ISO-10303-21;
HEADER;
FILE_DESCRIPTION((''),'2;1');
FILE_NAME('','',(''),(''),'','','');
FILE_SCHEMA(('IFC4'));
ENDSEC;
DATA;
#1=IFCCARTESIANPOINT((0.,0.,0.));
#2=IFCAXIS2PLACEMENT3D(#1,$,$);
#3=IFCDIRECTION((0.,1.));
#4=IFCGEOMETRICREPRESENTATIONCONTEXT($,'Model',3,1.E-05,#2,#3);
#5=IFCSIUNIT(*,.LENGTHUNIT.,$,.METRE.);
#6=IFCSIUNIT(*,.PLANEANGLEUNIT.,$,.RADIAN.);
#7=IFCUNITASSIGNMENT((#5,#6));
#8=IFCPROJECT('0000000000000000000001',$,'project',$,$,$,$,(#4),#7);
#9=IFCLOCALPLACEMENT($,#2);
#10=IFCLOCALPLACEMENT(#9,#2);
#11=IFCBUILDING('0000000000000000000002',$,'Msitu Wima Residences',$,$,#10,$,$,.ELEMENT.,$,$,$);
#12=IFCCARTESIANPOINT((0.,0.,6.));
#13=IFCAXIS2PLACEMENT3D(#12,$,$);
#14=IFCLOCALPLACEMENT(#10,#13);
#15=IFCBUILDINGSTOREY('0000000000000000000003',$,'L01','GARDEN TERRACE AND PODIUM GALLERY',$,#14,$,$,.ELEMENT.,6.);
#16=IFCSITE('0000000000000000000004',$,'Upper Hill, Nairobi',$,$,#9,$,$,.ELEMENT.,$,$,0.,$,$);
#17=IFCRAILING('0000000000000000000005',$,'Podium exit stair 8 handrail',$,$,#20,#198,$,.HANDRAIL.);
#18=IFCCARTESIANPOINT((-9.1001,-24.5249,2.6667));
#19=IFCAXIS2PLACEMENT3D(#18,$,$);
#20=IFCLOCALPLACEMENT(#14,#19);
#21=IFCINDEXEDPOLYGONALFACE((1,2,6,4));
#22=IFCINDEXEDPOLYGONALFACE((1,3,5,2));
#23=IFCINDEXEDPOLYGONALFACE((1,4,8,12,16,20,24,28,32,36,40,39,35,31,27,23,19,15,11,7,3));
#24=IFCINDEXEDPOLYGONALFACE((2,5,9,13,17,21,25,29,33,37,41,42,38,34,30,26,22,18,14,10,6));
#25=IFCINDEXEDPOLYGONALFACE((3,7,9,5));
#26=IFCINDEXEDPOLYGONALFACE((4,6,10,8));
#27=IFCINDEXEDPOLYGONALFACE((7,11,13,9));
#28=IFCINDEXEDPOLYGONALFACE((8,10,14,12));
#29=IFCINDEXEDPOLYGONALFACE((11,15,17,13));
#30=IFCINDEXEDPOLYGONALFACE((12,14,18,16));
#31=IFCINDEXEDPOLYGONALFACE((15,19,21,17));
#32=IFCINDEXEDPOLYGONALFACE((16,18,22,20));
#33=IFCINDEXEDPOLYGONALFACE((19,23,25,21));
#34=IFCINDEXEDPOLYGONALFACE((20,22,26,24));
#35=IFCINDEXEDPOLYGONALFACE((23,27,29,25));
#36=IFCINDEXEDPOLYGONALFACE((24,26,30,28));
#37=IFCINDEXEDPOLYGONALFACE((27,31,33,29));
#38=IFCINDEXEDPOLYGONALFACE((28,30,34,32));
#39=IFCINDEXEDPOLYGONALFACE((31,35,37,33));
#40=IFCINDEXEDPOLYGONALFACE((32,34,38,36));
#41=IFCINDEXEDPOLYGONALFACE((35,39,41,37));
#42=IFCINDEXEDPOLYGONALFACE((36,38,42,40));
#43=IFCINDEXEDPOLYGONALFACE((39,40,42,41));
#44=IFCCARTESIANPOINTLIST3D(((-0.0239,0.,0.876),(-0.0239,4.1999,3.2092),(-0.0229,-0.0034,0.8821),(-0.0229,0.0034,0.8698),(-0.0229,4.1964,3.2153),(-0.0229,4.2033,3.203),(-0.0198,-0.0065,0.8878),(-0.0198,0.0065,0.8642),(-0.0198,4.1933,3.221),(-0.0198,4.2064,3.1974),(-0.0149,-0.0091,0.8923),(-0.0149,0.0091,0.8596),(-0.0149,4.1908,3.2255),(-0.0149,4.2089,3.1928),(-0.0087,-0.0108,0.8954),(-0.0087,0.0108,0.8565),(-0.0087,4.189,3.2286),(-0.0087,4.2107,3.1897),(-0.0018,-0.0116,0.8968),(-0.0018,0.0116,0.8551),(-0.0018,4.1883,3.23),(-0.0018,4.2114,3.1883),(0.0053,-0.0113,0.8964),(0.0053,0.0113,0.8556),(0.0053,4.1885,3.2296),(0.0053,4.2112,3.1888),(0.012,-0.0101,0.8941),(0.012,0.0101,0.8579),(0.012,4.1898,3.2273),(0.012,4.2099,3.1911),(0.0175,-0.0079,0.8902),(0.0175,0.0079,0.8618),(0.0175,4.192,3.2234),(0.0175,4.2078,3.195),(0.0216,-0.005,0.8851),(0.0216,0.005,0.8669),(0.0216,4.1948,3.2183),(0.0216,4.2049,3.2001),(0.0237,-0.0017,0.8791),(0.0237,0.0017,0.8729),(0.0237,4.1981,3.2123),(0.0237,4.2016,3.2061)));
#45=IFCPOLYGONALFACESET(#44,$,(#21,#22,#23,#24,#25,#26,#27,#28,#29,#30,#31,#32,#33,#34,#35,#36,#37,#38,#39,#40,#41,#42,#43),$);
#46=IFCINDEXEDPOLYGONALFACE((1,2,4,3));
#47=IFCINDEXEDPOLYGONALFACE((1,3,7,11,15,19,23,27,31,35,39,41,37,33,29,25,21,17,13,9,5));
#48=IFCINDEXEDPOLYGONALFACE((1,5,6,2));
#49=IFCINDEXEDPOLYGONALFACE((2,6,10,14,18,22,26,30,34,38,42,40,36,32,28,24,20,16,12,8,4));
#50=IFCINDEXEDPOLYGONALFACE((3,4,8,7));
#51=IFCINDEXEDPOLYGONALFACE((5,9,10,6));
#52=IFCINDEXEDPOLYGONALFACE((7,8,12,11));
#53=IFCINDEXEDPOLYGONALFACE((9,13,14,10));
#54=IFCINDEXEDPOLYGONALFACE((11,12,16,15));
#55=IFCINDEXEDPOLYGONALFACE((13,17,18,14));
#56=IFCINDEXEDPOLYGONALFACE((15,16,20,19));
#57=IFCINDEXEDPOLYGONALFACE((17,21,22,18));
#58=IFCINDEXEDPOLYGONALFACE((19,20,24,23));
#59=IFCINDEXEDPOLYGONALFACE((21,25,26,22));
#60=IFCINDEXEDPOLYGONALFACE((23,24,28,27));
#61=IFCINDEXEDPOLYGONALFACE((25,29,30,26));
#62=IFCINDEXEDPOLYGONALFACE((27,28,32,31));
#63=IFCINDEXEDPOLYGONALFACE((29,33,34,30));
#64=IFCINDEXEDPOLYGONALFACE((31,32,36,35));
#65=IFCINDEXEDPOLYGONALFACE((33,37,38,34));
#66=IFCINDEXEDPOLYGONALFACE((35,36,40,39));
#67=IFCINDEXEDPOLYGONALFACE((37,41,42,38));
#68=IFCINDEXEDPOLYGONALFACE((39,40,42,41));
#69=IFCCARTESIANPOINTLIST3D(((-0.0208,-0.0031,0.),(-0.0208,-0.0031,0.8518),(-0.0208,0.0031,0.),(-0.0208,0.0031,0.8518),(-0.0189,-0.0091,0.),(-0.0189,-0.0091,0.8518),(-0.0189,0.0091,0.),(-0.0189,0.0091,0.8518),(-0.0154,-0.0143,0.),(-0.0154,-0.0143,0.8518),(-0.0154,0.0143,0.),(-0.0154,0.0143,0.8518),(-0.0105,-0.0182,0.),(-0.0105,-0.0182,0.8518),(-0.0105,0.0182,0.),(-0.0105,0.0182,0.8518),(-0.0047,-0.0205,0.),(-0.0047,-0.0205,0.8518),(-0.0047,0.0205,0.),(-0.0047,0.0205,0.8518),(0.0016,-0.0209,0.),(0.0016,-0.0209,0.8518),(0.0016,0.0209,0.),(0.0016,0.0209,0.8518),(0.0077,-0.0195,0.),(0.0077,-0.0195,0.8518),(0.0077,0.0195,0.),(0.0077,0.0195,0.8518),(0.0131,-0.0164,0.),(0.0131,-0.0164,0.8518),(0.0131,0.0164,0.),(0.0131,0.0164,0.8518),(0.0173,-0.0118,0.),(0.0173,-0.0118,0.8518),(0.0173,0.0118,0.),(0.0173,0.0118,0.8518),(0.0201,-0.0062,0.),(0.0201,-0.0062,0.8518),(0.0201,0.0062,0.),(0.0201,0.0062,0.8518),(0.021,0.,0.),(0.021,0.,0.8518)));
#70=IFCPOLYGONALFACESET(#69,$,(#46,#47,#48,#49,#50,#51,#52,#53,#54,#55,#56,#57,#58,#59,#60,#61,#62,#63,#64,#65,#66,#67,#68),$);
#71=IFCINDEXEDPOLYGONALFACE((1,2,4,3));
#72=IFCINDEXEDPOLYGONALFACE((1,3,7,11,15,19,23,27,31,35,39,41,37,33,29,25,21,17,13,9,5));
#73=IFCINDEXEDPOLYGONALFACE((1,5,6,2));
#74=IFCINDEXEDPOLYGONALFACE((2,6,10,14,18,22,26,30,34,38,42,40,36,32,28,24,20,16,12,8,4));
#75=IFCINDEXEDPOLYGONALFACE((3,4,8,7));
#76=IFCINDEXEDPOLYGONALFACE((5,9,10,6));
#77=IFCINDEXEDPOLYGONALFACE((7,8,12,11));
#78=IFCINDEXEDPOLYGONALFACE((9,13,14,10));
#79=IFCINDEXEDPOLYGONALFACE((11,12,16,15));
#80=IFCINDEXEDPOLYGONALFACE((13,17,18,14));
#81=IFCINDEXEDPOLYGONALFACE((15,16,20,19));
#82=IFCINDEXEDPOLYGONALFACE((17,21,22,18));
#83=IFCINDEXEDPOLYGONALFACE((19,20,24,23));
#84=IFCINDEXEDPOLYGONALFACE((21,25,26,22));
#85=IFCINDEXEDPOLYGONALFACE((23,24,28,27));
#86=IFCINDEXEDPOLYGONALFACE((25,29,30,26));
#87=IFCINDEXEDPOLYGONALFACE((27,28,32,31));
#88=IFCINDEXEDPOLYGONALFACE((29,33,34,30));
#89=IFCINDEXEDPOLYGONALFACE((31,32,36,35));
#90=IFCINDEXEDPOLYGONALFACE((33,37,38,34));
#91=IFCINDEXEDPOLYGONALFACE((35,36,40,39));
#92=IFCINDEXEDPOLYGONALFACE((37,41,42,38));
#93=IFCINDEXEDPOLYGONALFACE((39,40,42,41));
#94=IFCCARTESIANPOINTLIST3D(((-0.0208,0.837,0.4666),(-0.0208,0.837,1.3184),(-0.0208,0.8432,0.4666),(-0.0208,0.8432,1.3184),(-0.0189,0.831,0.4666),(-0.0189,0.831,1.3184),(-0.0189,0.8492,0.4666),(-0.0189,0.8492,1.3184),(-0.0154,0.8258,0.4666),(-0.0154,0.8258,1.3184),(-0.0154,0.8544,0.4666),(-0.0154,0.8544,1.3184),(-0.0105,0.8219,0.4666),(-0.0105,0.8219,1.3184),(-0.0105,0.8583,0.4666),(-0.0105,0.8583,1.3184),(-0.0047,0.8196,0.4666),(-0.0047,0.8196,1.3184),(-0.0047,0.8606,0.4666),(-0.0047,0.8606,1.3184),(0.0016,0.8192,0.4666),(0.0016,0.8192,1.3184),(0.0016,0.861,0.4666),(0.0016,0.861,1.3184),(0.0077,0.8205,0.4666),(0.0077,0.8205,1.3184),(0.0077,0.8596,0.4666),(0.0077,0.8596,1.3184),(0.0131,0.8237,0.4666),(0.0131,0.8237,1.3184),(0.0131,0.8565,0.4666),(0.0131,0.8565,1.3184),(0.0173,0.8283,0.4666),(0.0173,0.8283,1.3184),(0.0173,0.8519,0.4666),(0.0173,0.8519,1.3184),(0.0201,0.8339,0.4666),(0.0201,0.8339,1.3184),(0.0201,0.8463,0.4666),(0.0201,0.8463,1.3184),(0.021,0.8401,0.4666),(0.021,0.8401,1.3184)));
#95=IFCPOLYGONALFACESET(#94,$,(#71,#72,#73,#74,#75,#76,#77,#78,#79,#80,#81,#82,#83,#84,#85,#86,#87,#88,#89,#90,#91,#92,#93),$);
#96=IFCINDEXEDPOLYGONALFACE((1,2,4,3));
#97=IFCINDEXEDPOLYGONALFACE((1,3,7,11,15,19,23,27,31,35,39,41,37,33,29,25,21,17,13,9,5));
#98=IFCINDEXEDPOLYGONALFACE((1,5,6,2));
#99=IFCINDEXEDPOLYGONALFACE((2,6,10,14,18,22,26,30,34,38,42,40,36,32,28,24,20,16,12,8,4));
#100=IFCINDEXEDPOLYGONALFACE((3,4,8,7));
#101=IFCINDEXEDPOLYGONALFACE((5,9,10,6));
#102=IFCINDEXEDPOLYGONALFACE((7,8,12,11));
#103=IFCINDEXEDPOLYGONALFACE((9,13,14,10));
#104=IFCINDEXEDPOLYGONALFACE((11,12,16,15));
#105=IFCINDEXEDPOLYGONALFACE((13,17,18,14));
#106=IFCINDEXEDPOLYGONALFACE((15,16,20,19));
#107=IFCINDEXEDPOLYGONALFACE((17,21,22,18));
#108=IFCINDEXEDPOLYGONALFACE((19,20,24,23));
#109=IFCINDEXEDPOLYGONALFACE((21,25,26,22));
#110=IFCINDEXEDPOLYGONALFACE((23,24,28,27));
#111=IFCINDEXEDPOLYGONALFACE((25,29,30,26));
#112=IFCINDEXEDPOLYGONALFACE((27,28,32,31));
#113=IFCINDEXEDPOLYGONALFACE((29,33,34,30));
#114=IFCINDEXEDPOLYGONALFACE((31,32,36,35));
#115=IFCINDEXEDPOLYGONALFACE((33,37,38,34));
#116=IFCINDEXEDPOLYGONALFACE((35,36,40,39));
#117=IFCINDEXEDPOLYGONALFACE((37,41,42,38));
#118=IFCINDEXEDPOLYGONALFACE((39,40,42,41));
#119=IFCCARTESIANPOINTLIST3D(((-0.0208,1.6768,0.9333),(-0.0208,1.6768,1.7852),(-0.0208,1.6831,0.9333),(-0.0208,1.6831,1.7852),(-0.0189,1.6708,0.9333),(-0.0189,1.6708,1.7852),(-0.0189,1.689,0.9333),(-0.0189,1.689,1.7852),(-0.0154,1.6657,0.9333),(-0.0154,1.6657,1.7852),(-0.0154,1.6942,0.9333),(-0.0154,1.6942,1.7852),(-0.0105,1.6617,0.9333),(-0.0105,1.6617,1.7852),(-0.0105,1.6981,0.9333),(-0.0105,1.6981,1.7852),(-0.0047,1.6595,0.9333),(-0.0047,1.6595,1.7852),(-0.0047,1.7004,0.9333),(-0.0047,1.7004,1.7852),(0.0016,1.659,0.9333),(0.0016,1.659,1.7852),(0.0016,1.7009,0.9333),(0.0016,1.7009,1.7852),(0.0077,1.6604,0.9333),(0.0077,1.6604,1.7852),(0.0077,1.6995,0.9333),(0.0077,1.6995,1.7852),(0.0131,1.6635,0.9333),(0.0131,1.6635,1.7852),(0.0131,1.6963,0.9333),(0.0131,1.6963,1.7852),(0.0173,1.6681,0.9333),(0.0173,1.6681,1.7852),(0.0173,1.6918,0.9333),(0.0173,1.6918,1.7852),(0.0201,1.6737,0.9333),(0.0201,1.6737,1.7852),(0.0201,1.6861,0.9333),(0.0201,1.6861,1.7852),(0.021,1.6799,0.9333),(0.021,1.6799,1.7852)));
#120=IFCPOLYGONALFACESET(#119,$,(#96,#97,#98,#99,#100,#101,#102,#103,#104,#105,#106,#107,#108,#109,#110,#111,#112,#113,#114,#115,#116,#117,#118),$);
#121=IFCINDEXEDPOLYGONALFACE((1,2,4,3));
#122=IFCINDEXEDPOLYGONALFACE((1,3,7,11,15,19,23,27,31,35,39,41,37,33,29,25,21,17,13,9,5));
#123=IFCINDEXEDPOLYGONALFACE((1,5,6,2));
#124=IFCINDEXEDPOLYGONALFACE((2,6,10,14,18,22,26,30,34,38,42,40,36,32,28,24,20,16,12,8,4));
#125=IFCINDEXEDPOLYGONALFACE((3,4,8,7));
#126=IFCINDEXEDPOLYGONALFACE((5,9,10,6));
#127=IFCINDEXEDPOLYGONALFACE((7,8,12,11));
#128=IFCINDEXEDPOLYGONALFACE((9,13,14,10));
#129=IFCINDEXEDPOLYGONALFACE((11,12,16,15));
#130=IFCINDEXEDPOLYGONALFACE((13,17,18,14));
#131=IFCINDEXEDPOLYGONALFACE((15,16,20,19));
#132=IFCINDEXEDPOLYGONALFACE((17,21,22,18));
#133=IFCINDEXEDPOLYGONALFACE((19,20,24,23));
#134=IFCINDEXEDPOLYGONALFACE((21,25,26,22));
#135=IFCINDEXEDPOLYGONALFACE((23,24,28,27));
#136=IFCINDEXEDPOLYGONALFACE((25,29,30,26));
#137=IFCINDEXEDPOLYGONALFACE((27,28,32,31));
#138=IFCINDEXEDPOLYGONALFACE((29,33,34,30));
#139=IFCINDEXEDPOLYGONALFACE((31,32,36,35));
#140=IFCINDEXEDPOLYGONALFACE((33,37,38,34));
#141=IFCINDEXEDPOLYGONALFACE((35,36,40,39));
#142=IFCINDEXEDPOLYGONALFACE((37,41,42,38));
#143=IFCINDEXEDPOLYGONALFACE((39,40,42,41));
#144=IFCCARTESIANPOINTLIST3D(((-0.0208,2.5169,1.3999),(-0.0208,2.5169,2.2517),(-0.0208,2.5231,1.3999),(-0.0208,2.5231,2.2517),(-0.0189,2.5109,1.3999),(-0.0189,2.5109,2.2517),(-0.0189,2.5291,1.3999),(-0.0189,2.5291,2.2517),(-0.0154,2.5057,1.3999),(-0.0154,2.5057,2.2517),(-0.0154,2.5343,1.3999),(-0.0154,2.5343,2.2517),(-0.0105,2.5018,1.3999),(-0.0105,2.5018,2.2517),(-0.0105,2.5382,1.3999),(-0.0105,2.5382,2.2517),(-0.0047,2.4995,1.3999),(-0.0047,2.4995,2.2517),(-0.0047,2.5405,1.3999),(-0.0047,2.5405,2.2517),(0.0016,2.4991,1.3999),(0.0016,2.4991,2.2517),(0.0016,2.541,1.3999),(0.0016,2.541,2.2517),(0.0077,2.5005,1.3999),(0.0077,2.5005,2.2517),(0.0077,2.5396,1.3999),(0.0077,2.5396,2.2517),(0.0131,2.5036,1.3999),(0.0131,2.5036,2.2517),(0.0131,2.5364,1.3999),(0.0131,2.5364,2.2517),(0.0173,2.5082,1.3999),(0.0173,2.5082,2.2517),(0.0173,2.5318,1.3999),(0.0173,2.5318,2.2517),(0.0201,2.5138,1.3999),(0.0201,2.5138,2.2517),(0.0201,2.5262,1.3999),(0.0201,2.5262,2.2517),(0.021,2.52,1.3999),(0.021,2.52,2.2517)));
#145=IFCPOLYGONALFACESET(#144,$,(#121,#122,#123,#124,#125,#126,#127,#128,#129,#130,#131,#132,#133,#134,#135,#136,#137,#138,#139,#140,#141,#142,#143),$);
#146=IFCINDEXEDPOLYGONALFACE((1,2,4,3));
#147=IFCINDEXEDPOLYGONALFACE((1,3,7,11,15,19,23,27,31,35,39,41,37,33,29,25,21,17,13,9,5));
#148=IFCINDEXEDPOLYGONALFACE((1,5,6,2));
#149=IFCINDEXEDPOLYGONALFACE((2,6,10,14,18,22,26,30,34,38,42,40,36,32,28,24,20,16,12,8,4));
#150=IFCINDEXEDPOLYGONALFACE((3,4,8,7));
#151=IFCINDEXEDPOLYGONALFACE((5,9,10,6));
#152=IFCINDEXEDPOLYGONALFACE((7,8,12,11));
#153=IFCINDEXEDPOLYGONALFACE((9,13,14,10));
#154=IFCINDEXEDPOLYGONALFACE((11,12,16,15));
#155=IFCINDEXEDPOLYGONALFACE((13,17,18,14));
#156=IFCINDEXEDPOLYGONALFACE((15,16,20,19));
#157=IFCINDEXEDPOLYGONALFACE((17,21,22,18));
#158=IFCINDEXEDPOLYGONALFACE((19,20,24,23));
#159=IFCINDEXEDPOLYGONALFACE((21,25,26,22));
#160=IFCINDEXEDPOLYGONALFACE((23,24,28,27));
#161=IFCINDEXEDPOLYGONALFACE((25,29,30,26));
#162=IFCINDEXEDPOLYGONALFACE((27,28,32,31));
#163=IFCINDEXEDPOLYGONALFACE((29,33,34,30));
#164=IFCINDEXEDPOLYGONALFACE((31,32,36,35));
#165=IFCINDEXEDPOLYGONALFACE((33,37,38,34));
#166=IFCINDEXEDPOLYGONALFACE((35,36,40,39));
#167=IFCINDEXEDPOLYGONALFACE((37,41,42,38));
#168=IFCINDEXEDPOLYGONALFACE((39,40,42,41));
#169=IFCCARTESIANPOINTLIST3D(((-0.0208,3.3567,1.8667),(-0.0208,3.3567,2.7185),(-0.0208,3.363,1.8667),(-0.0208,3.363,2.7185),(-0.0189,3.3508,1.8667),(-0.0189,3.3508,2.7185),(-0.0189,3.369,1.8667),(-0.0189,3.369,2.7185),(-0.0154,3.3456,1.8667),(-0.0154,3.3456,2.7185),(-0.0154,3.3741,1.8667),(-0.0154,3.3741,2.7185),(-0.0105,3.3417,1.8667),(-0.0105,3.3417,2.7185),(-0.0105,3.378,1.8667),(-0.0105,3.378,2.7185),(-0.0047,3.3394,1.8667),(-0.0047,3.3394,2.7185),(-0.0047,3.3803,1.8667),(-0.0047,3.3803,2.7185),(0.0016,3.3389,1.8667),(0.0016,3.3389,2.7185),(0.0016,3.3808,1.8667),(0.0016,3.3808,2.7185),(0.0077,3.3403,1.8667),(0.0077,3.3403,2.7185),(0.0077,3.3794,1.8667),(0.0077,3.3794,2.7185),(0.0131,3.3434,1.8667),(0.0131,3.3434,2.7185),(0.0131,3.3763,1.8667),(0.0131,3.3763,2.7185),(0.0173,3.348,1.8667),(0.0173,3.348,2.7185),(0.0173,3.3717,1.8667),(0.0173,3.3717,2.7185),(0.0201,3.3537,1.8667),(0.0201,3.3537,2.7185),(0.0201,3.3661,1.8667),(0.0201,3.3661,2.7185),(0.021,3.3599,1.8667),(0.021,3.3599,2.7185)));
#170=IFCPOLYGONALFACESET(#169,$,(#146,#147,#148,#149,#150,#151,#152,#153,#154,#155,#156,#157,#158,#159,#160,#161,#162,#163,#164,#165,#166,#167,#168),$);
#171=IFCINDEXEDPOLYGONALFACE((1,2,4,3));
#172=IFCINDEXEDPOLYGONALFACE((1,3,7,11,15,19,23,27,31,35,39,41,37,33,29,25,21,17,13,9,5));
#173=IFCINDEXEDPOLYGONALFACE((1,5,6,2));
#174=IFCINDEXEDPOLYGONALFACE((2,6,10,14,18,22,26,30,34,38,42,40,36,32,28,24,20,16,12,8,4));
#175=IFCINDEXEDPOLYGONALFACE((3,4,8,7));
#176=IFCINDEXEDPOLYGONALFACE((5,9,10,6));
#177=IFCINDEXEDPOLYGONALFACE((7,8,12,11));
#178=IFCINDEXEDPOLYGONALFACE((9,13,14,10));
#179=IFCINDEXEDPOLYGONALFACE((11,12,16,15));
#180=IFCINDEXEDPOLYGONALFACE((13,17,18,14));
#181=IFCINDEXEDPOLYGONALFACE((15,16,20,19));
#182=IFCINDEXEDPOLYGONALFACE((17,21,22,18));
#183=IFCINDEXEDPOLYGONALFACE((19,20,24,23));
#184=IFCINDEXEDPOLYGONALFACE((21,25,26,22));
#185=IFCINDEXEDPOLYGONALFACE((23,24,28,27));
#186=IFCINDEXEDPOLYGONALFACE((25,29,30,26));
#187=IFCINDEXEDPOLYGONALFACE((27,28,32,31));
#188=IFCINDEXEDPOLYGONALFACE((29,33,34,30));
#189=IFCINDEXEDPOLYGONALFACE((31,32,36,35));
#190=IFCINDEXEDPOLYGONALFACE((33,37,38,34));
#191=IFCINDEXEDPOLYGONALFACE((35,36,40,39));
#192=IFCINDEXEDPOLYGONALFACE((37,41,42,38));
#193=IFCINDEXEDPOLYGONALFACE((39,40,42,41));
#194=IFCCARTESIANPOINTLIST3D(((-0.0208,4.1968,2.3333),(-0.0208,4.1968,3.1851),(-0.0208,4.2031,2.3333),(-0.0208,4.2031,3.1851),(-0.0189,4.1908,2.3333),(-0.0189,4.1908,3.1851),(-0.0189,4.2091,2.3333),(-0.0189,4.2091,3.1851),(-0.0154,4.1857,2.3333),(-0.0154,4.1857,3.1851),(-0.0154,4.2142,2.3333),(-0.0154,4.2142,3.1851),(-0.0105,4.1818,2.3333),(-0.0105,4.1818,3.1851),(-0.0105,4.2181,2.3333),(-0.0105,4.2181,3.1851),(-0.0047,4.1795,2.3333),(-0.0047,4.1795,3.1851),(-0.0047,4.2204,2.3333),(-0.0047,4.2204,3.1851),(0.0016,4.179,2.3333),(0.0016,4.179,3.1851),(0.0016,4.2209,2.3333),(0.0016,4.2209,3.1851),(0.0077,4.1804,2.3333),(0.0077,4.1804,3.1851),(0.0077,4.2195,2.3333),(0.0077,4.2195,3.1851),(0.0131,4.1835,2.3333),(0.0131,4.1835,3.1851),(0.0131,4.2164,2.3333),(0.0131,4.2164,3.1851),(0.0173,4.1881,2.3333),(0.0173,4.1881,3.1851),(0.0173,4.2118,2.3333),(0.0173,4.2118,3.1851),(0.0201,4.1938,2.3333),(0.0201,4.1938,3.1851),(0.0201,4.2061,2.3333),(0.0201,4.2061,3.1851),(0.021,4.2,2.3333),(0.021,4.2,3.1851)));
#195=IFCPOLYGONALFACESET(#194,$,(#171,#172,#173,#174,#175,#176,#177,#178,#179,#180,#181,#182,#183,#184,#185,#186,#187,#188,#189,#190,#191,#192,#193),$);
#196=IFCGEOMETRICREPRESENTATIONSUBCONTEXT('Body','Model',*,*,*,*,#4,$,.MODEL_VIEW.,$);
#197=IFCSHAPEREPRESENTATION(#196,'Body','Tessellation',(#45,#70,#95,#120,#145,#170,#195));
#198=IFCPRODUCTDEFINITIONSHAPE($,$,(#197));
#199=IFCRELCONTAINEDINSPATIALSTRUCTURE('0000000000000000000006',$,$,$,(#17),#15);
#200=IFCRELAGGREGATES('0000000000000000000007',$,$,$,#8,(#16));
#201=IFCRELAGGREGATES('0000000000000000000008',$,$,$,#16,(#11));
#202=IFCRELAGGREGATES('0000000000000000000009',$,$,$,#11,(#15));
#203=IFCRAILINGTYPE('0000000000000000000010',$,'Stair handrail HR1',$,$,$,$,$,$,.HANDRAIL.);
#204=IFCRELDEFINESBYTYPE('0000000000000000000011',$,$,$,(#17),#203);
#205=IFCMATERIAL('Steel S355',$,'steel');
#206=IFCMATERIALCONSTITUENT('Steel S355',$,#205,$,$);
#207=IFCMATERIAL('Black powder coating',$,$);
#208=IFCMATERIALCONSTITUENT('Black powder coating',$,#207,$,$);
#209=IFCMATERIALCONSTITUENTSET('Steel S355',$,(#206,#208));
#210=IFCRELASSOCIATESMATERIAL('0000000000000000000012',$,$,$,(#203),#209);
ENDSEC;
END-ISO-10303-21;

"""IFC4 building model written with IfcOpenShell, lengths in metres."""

from ifc_helpers import new_model, si_unit, direction, frame, origin, origin_2d, place, context, subcontext, project, spatial, circle, extrude, material, constituent, constituent_set, type_object, element, save


model = new_model("IFC4")

# Units and contexts
model_context = context("Model", 3, precision=1e-05, world=origin(), true_north=direction((0.0, 1.0)))
body_context = subcontext(model_context, "Body", "Model", "MODEL_VIEW")
ifc_project = project(units=[si_unit("LENGTHUNIT", "METRE"), si_unit("PLANEANGLEUNIT", "RADIAN")], contexts=[model_context])

# Site, building, storey
site_placement = place(None, origin())
site = spatial("IfcSite", under=ifc_project, at=site_placement, Name="Upper Hill, Nairobi", CompositionType="ELEMENT", RefElevation=0.0)
building_placement = place(site_placement, origin())
building = spatial("IfcBuilding", under=site, at=building_placement, Name="Msitu Wima Residences", CompositionType="ELEMENT")
storey_placement = place(building_placement, frame((0.0, 0.0, 6.0)))
storey = spatial("IfcBuildingStorey", under=building, at=storey_placement, Name="L01", Description="GARDEN TERRACE AND PODIUM GALLERY", CompositionType="ELEMENT", Elevation=6.0)

# Railing
ifc_material_1 = material(Name="Steel S355", Category="steel")
ifc_constituent_1 = constituent(ifc_material_1, Name="Steel S355")
ifc_material_2 = material(Name="Black powder coating")
ifc_constituent_2 = constituent(ifc_material_2, Name="Black powder coating")
ifc_constituent_set = constituent_set(constituents=[ifc_constituent_1, ifc_constituent_2], Name="Steel S355")
railing_type = type_object("IfcRailingType", Name="Stair handrail HR1", PredefinedType="HANDRAIL", material=ifc_constituent_set)
for number, where, name in (
    (1, (-9.1001, -24.5249, 2.6667), "Podium exit stair 8 handrail"),
):
    element("IfcRailing", number, at=place(storey_placement, frame(where)), inside=storey, type_object=railing_type, Name=name, PredefinedType="HANDRAIL", context=body_context, shape_type="SweptSolid", body=[
        extrude(circle(Radius=0.0239, at=origin_2d()), frame((0.0, 0.0, 0.876), z_axis=(0.0, 0.874162, 0.485634), x_axis=(-1.0, 0.0, 0.0)), (0.0, 0.0, 1.0), 4.8044),
        extrude(circle(Radius=0.021, at=origin_2d()), origin(), (0.0, 0.0, 1.0), 0.8518),
        extrude(circle(Radius=0.021, at=origin_2d()), frame((0.0, 0.8401, 0.4666)), (0.0, 0.0, 1.0), 0.8518),
        extrude(circle(Radius=0.021, at=origin_2d()), frame((0.0, 1.6799, 0.9333)), (0.0, 0.0, 1.0), 0.8518),
        extrude(circle(Radius=0.021, at=origin_2d()), frame((0.0, 2.52, 1.3999)), (0.0, 0.0, 1.0), 0.8518),
        extrude(circle(Radius=0.021, at=origin_2d()), frame((0.0, 3.3599, 1.8667)), (0.0, 0.0, 1.0), 0.8518),
        extrude(circle(Radius=0.021, at=origin_2d()), frame((0.0, 4.2, 2.3333)), (0.0, 0.0, 1.0), 0.8518),
    ])

save(model, "model.ifc")
